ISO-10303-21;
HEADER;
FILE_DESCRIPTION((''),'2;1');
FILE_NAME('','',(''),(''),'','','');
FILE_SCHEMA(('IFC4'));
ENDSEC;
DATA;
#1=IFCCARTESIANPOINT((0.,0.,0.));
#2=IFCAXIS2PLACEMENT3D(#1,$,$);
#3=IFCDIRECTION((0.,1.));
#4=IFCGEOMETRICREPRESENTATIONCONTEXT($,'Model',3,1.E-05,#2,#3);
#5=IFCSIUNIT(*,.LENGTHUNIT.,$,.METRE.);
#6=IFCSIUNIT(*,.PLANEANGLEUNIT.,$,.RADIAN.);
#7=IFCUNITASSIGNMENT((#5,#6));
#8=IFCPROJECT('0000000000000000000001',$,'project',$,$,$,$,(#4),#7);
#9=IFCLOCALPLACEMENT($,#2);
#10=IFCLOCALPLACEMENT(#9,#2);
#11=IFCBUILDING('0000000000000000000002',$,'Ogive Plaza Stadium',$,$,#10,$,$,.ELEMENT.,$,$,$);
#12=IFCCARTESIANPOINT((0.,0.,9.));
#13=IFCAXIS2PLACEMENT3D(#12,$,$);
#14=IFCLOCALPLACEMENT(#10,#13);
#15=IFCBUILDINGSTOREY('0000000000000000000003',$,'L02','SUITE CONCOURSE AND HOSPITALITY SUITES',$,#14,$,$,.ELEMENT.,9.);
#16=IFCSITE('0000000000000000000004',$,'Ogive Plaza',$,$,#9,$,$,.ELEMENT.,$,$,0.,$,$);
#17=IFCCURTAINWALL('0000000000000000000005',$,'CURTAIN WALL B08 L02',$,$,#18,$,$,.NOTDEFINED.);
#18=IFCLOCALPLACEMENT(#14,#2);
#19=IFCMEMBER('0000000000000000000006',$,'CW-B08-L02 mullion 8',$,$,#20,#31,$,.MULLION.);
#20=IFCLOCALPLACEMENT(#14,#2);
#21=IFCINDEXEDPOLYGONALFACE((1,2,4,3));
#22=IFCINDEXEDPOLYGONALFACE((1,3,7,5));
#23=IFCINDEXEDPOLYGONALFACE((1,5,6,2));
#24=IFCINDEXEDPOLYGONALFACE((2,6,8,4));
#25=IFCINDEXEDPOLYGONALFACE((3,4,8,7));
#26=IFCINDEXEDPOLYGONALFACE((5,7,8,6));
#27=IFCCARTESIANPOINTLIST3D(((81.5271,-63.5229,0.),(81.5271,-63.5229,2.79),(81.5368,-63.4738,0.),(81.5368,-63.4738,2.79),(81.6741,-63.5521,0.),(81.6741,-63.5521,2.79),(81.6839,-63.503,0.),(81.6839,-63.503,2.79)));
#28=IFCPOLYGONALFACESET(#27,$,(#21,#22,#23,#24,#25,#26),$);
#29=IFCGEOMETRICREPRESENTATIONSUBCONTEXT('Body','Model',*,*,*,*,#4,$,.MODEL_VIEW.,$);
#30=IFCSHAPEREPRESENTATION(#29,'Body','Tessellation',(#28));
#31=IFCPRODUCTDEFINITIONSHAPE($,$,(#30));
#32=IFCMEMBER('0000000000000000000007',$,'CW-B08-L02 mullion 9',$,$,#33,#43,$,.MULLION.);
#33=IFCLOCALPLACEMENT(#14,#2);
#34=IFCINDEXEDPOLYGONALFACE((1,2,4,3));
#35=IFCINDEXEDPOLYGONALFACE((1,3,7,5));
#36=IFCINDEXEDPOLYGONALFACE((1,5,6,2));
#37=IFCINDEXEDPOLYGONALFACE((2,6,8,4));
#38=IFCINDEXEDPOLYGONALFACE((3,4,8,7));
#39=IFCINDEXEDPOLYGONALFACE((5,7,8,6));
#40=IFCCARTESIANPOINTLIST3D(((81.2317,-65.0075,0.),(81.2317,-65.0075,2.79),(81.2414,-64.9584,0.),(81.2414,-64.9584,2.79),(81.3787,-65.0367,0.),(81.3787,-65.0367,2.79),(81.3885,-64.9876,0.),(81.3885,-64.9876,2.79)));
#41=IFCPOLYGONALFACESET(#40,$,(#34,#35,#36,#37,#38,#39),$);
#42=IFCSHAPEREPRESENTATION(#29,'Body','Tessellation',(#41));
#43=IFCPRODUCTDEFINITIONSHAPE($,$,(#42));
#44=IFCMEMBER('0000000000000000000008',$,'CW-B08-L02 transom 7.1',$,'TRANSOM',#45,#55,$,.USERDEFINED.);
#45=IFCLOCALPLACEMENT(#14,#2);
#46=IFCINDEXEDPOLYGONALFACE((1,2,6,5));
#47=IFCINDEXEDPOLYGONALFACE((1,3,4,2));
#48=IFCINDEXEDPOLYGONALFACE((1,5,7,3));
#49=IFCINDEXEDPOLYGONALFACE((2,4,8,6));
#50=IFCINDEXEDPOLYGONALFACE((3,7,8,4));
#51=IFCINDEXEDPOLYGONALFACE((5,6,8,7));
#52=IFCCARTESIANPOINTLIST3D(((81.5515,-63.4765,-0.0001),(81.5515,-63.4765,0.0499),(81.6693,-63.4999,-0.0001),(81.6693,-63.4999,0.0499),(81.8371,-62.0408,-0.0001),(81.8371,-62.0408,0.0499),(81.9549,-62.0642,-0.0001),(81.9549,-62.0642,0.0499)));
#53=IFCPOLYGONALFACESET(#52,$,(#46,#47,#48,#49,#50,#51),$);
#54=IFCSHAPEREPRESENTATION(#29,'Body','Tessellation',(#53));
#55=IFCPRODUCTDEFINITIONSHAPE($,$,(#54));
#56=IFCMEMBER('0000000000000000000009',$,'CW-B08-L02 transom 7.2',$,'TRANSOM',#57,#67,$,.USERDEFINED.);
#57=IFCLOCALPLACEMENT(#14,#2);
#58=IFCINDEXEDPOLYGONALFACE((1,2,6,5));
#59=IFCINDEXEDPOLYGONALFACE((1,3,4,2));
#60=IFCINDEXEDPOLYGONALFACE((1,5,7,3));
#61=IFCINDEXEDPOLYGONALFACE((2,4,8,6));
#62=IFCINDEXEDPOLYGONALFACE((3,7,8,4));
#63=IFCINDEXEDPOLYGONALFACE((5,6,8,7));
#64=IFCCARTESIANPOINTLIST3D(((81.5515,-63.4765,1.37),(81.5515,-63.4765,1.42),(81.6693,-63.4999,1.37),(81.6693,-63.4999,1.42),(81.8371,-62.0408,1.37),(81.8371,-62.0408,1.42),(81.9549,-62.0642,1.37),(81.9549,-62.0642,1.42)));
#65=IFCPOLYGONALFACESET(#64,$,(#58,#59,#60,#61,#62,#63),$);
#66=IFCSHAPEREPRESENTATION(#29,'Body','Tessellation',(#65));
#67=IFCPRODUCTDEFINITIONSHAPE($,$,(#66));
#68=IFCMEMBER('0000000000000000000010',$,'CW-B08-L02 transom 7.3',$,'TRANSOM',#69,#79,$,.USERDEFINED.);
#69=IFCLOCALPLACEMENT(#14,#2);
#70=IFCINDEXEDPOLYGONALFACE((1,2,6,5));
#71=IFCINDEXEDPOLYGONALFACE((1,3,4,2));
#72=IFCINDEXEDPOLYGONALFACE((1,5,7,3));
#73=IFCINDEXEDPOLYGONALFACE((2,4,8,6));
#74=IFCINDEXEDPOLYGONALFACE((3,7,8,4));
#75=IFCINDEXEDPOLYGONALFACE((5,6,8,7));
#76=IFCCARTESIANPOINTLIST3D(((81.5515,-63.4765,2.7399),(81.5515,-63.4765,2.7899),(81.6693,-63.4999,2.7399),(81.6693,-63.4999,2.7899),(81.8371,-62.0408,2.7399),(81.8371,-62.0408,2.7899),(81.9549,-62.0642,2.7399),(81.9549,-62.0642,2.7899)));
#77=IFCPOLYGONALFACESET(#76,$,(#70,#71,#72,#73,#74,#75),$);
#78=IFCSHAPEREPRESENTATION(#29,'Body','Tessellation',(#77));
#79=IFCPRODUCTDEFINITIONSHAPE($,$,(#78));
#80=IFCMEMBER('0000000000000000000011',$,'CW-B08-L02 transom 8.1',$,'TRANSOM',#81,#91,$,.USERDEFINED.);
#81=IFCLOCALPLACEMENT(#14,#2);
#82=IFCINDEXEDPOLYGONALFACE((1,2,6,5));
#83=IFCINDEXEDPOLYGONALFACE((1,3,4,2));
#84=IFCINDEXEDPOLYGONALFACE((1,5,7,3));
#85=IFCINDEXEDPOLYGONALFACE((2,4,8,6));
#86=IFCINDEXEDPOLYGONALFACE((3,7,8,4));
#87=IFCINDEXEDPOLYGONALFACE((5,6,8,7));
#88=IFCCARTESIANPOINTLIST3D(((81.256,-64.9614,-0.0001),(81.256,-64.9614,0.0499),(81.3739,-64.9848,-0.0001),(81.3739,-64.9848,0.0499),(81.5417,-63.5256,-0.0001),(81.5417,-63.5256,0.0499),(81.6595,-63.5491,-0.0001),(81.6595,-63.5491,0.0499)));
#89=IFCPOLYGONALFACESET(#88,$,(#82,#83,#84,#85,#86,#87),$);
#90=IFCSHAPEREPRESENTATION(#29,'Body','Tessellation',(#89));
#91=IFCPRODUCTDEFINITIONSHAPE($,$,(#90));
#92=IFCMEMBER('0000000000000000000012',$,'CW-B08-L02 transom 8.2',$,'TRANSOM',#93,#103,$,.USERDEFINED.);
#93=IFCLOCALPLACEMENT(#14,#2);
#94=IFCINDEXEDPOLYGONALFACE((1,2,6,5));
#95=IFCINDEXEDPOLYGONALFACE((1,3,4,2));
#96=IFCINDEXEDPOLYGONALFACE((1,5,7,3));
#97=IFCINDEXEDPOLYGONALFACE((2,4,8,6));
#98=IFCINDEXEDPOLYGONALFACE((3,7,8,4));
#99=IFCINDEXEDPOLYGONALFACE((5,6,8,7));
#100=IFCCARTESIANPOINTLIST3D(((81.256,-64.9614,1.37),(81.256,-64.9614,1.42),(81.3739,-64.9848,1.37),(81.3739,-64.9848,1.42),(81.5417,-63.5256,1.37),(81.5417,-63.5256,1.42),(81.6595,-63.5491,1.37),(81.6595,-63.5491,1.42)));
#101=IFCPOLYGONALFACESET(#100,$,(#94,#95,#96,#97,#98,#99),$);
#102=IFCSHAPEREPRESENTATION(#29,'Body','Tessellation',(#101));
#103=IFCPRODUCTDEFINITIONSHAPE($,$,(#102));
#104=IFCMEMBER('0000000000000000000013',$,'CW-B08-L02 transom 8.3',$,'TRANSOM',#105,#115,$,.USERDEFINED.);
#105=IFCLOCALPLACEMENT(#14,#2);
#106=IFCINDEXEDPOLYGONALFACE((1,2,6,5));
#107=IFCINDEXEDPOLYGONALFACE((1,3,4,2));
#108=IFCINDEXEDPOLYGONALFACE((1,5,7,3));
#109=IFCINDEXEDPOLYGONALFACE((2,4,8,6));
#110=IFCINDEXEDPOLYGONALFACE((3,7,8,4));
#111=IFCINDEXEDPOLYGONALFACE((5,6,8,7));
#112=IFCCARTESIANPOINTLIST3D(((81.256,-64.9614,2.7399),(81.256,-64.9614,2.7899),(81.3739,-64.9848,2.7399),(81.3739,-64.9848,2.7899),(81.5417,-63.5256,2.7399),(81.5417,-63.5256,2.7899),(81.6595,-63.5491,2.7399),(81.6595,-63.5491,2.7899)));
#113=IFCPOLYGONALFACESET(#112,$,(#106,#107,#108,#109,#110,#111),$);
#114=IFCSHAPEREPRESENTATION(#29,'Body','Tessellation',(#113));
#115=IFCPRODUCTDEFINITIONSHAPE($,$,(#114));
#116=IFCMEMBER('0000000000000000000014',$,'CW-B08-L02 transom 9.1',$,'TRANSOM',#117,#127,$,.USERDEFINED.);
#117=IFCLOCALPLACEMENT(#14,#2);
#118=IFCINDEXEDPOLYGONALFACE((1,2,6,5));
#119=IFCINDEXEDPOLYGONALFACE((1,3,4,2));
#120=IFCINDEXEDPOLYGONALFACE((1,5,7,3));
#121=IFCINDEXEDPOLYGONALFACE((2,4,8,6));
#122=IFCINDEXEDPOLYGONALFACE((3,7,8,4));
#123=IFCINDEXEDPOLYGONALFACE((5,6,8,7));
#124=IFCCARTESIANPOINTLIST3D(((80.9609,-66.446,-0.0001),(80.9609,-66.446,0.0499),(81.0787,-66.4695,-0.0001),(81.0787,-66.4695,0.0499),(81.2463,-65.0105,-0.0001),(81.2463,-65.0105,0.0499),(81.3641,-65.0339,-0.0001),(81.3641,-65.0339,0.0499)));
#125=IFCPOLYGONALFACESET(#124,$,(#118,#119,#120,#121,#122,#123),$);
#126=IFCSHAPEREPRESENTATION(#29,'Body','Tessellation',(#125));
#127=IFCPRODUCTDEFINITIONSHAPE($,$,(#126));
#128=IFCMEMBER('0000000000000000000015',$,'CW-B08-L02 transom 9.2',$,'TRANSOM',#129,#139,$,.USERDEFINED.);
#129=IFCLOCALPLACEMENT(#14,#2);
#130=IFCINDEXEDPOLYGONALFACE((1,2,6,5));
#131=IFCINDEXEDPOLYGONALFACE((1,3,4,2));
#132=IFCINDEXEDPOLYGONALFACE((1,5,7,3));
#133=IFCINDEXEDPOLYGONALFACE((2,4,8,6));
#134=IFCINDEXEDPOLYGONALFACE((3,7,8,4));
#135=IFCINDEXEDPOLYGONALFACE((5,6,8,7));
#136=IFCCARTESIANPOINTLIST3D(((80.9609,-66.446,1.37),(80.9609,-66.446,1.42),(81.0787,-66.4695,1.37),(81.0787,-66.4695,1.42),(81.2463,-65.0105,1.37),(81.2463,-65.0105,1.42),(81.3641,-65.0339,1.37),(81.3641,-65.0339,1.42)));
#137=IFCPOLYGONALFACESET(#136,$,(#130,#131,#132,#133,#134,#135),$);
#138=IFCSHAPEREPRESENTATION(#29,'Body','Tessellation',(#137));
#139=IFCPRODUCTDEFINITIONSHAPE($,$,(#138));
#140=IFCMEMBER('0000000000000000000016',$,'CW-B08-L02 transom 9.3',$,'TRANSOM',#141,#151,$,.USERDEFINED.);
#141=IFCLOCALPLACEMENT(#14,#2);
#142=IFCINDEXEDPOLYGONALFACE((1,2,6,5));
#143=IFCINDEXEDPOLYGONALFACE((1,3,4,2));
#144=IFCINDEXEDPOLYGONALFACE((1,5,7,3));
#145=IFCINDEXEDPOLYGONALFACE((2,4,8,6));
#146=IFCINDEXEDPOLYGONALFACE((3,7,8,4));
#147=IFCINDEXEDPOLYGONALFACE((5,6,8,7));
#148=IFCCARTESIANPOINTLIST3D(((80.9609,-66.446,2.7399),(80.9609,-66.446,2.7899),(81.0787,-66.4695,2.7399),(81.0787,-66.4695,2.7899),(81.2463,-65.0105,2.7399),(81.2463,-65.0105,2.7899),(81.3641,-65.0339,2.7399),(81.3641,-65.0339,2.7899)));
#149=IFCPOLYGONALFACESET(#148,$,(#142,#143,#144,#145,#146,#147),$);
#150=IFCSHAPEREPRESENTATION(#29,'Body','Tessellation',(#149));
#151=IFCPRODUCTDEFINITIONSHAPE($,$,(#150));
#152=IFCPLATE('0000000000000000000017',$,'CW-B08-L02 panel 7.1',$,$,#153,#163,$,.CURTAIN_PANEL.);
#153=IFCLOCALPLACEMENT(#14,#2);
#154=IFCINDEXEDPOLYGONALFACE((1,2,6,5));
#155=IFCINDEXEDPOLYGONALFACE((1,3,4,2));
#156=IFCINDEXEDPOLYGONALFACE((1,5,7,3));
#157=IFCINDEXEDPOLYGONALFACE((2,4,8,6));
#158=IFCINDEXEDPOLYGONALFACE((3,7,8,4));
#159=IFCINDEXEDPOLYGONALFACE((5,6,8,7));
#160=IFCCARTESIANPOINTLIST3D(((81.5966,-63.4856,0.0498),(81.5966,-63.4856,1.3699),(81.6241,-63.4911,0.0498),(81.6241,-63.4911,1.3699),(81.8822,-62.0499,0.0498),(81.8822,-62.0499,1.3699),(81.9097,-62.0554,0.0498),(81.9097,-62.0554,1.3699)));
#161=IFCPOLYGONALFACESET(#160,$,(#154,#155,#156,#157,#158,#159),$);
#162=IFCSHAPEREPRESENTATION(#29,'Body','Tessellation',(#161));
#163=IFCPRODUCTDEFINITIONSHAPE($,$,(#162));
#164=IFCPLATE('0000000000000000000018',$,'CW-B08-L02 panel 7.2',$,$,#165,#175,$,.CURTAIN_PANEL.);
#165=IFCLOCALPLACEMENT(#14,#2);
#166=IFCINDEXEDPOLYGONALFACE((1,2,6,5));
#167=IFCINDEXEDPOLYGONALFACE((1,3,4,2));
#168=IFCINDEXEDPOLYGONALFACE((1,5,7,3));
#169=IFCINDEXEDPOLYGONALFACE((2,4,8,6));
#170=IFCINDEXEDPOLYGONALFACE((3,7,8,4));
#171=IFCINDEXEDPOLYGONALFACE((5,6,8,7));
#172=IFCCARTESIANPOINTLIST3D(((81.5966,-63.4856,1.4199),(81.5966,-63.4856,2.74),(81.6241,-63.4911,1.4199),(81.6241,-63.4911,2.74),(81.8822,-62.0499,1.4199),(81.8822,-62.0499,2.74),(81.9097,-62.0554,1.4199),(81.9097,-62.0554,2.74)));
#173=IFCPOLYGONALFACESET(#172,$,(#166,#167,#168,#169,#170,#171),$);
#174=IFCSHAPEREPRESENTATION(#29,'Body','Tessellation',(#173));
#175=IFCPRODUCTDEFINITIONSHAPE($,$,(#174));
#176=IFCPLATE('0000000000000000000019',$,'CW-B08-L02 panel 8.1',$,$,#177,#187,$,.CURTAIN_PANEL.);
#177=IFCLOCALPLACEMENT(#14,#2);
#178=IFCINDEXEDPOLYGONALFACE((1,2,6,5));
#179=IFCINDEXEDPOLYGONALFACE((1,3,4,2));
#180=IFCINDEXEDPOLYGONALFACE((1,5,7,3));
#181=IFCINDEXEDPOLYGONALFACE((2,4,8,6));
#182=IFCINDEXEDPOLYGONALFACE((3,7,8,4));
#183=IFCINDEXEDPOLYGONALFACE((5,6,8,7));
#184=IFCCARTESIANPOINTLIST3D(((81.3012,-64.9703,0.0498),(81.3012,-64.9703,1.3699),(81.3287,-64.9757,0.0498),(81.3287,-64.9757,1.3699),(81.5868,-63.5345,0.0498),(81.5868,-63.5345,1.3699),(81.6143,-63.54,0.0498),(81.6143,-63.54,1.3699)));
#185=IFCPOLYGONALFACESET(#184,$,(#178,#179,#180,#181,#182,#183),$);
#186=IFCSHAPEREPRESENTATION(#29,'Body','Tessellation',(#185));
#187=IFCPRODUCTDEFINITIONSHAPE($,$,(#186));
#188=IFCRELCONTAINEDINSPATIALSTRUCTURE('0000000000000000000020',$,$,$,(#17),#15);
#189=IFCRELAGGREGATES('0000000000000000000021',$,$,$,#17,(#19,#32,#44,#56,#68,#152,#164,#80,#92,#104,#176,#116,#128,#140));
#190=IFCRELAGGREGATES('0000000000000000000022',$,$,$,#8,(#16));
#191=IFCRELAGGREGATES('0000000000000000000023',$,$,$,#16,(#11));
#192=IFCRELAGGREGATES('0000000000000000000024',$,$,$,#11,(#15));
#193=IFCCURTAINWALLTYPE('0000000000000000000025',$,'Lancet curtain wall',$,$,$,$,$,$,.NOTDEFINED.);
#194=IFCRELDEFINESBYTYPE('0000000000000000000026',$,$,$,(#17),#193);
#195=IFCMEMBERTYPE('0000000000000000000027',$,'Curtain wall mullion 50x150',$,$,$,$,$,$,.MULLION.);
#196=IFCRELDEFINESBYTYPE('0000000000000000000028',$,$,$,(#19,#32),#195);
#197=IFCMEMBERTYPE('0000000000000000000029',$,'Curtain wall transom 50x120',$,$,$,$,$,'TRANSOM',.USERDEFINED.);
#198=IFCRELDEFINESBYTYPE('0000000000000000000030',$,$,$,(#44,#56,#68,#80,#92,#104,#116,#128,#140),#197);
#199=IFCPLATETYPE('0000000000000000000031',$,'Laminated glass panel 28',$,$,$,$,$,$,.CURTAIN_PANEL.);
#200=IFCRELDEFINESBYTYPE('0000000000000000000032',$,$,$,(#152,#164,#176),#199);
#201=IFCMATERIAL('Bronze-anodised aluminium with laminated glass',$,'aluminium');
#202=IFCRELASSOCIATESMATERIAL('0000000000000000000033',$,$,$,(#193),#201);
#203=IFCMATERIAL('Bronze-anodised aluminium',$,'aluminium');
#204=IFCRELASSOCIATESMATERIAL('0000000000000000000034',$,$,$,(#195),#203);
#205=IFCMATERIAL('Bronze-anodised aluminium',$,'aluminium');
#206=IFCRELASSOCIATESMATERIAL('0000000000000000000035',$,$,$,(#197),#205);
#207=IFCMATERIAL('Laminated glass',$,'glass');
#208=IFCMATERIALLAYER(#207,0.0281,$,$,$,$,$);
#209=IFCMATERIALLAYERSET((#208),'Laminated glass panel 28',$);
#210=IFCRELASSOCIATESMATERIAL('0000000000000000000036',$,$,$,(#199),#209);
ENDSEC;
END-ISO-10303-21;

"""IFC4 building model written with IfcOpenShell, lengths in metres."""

from ifc_helpers import new_model, si_unit, direction, frame, origin, origin_2d, place, context, subcontext, project, spatial, rectangle, extrude, material, layer, layer_set, material_profile, profile_set, type_object, element, aggregate, save


model = new_model("IFC4")

# Units and contexts
model_context = context("Model", 3, precision=1e-05, world=origin(), true_north=direction((0.0, 1.0)))
body_context = subcontext(model_context, "Body", "Model", "MODEL_VIEW")
ifc_project = project(units=[si_unit("LENGTHUNIT", "METRE"), si_unit("PLANEANGLEUNIT", "RADIAN")], contexts=[model_context])

# Site, building, storey
site_placement = place(None, origin())
site = spatial("IfcSite", under=ifc_project, at=site_placement, Name="Ogive Plaza", CompositionType="ELEMENT", RefElevation=0.0)
building_placement = place(site_placement, origin())
building = spatial("IfcBuilding", under=site, at=building_placement, Name="Ogive Plaza Stadium", CompositionType="ELEMENT")
storey_placement = place(building_placement, frame((0.0, 0.0, 9.0)))
storey = spatial("IfcBuildingStorey", under=building, at=storey_placement, Name="L02", Description="SUITE CONCOURSE AND HOSPITALITY SUITES", CompositionType="ELEMENT", Elevation=9.0)

# Curtain wall, members, plates
ifc_material_1 = material(Name="Bronze-anodised aluminium with laminated glass", Category="aluminium")
curtain_wall_type = type_object("IfcCurtainWallType", Name="Lancet curtain wall", PredefinedType="NOTDEFINED", material=ifc_material_1)
curtain_wall_placement = place(storey_placement, origin())
curtain_wall = element("IfcCurtainWall", 1, at=curtain_wall_placement, inside=storey, type_object=curtain_wall_type, Name="CURTAIN WALL B08 L02", PredefinedType="NOTDEFINED")
ifc_material_2 = material(Name="Bronze-anodised aluminium", Category="aluminium")
ifc_material_profile_1 = material_profile(ifc_material_2, rectangle(XDim=0.1499, YDim=0.05, at=origin_2d()), Name="AL 150x50")
ifc_profile_set_1 = profile_set([ifc_material_profile_1], Name="Bronze-anodised aluminium")
member_type_1 = type_object("IfcMemberType", Name="Curtain wall mullion 50x150", PredefinedType="MULLION", material=ifc_profile_set_1)
member_1_placement = place(storey_placement, frame((81.6055, -63.5129, 0.0), z_axis=(0.0, 0.0, 1.0), x_axis=(0.980785, -0.19509, 0.0)))
member_1 = element("IfcMember", 2, at=member_1_placement, type_object=member_type_1, Name="CW-B08-L02 mullion 8", PredefinedType="MULLION", context=body_context, shape_type="SweptSolid", body=[
    extrude(rectangle(XDim=0.1499, YDim=0.05, at=origin_2d()), origin(), (0.0, 0.0, 1.0), 2.79),
])
member_2_placement = place(storey_placement, frame((81.3101, -64.9976, 0.0), z_axis=(0.0, 0.0, 1.0), x_axis=(0.980785, -0.19509, 0.0)))
member_2 = element("IfcMember", 3, at=member_2_placement, type_object=member_type_1, Name="CW-B08-L02 mullion 9", PredefinedType="MULLION", context=body_context, shape_type="SweptSolid", body=[
    extrude(rectangle(XDim=0.1499, YDim=0.05, at=origin_2d()), origin(), (0.0, 0.0, 1.0), 2.79),
])
ifc_material_3 = material(Name="Bronze-anodised aluminium", Category="aluminium")
ifc_material_profile_2 = material_profile(ifc_material_3, rectangle(XDim=0.1201, YDim=0.05, at=origin_2d()), Name="AL 120x50")
ifc_profile_set_2 = profile_set([ifc_material_profile_2], Name="Bronze-anodised aluminium")
member_type_2 = type_object("IfcMemberType", Name="Curtain wall transom 50x120", ElementType="TRANSOM", PredefinedType="USERDEFINED", material=ifc_profile_set_2)
member_3_placement = place(storey_placement, frame((81.896, -62.0525, 0.0249), z_axis=(-0.195122, -0.980779, 0.0), x_axis=(0.980779, -0.195122, 0.0)))
member_3 = element("IfcMember", 4, at=member_3_placement, type_object=member_type_2, Name="CW-B08-L02 transom 7.1", ObjectType="TRANSOM", PredefinedType="USERDEFINED", context=body_context, shape_type="SweptSolid", body=[
    extrude(rectangle(XDim=0.1201, YDim=0.05, at=origin_2d()), origin(), (0.0, 0.0, 1.0), 1.4639),
])
member_4_placement = place(storey_placement, frame((81.896, -62.0525, 1.395), z_axis=(-0.195122, -0.980779, 0.0), x_axis=(0.980779, -0.195122, 0.0)))
member_4 = element("IfcMember", 5, at=member_4_placement, type_object=member_type_2, Name="CW-B08-L02 transom 7.2", ObjectType="TRANSOM", PredefinedType="USERDEFINED", context=body_context, shape_type="SweptSolid", body=[
    extrude(rectangle(XDim=0.1201, YDim=0.05, at=origin_2d()), origin(), (0.0, 0.0, 1.0), 1.4639),
])
member_5_placement = place(storey_placement, frame((81.896, -62.0525, 2.7649), z_axis=(-0.195122, -0.980779, 0.0), x_axis=(0.980779, -0.195122, 0.0)))
member_5 = element("IfcMember", 6, at=member_5_placement, type_object=member_type_2, Name="CW-B08-L02 transom 7.3", ObjectType="TRANSOM", PredefinedType="USERDEFINED", context=body_context, shape_type="SweptSolid", body=[
    extrude(rectangle(XDim=0.1201, YDim=0.05, at=origin_2d()), origin(), (0.0, 0.0, 1.0), 1.4639),
])
member_6_placement = place(storey_placement, frame((81.6006, -63.5374, 0.0249), z_axis=(-0.195122, -0.980779, 0.0), x_axis=(0.980779, -0.195122, 0.0)))
member_6 = element("IfcMember", 7, at=member_6_placement, type_object=member_type_2, Name="CW-B08-L02 transom 8.1", ObjectType="TRANSOM", PredefinedType="USERDEFINED", context=body_context, shape_type="SweptSolid", body=[
    extrude(rectangle(XDim=0.1201, YDim=0.05, at=origin_2d()), origin(), (0.0, 0.0, 1.0), 1.4639),
])
member_7_placement = place(storey_placement, frame((81.6006, -63.5374, 1.395), z_axis=(-0.195122, -0.980779, 0.0), x_axis=(0.980779, -0.195122, 0.0)))
member_7 = element("IfcMember", 8, at=member_7_placement, type_object=member_type_2, Name="CW-B08-L02 transom 8.2", ObjectType="TRANSOM", PredefinedType="USERDEFINED", context=body_context, shape_type="SweptSolid", body=[
    extrude(rectangle(XDim=0.1201, YDim=0.05, at=origin_2d()), origin(), (0.0, 0.0, 1.0), 1.4639),
])
member_8_placement = place(storey_placement, frame((81.6006, -63.5374, 2.7649), z_axis=(-0.195122, -0.980779, 0.0), x_axis=(0.980779, -0.195122, 0.0)))
member_8 = element("IfcMember", 9, at=member_8_placement, type_object=member_type_2, Name="CW-B08-L02 transom 8.3", ObjectType="TRANSOM", PredefinedType="USERDEFINED", context=body_context, shape_type="SweptSolid", body=[
    extrude(rectangle(XDim=0.1201, YDim=0.05, at=origin_2d()), origin(), (0.0, 0.0, 1.0), 1.4639),
])
member_9_placement = place(storey_placement, frame((81.3052, -65.0222, 0.0249), z_axis=(-0.194993, -0.980805, 0.0), x_axis=(0.980805, -0.194993, 0.0)))
member_9 = element("IfcMember", 10, at=member_9_placement, type_object=member_type_2, Name="CW-B08-L02 transom 9.1", ObjectType="TRANSOM", PredefinedType="USERDEFINED", context=body_context, shape_type="SweptSolid", body=[
    extrude(rectangle(XDim=0.1201, YDim=0.05, at=origin_2d()), origin(), (0.0, 0.0, 1.0), 1.4636),
])
member_10_placement = place(storey_placement, frame((81.3052, -65.0222, 1.395), z_axis=(-0.194993, -0.980805, 0.0), x_axis=(0.980805, -0.194993, 0.0)))
member_10 = element("IfcMember", 11, at=member_10_placement, type_object=member_type_2, Name="CW-B08-L02 transom 9.2", ObjectType="TRANSOM", PredefinedType="USERDEFINED", context=body_context, shape_type="SweptSolid", body=[
    extrude(rectangle(XDim=0.1201, YDim=0.05, at=origin_2d()), origin(), (0.0, 0.0, 1.0), 1.4636),
])
member_11_placement = place(storey_placement, frame((81.3052, -65.0222, 2.7649), z_axis=(-0.194993, -0.980805, 0.0), x_axis=(0.980805, -0.194993, 0.0)))
member_11 = element("IfcMember", 12, at=member_11_placement, type_object=member_type_2, Name="CW-B08-L02 transom 9.3", ObjectType="TRANSOM", PredefinedType="USERDEFINED", context=body_context, shape_type="SweptSolid", body=[
    extrude(rectangle(XDim=0.1201, YDim=0.05, at=origin_2d()), origin(), (0.0, 0.0, 1.0), 1.4636),
])
ifc_material_4 = material(Name="Laminated glass", Category="glass")
ifc_layer = layer(ifc_material_4, 0.0281)
ifc_layer_set = layer_set([ifc_layer], Name="Laminated glass panel 28")
plate_type = type_object("IfcPlateType", Name="Laminated glass panel 28", PredefinedType="CURTAIN_PANEL", material=ifc_layer_set)
plate_1_placement = place(storey_placement, frame((81.7532, -62.7705, 0.0498), z_axis=(0.0, 0.0, 1.0), x_axis=(-0.19509, -0.980785, 0.0)))
plate_1 = element("IfcPlate", 13, at=plate_1_placement, type_object=plate_type, Name="CW-B08-L02 panel 7.1", PredefinedType="CURTAIN_PANEL", context=body_context, shape_type="SweptSolid", body=[
    extrude(rectangle(XDim=1.4639, YDim=0.0281, at=origin_2d()), origin(), (0.0, 0.0, 1.0), 1.3201),
])
plate_2_placement = place(storey_placement, frame((81.7532, -62.7705, 1.4199), z_axis=(0.0, 0.0, 1.0), x_axis=(-0.19509, -0.980785, 0.0)))
plate_2 = element("IfcPlate", 14, at=plate_2_placement, type_object=plate_type, Name="CW-B08-L02 panel 7.2", PredefinedType="CURTAIN_PANEL", context=body_context, shape_type="SweptSolid", body=[
    extrude(rectangle(XDim=1.4639, YDim=0.0281, at=origin_2d()), origin(), (0.0, 0.0, 1.0), 1.3201),
])
plate_3_placement = place(storey_placement, frame((81.4578, -64.2551, 0.0498), z_axis=(0.0, 0.0, 1.0), x_axis=(-0.19509, -0.980785, 0.0)))
plate_3 = element("IfcPlate", 15, at=plate_3_placement, type_object=plate_type, Name="CW-B08-L02 panel 8.1", PredefinedType="CURTAIN_PANEL", context=body_context, shape_type="SweptSolid", body=[
    extrude(rectangle(XDim=1.4639, YDim=0.0281, at=origin_2d()), origin(), (0.0, 0.0, 1.0), 1.3201),
])
aggregate(curtain_wall, [member_1, member_2, member_3, member_4, member_5, plate_1, plate_2, member_6, member_7, member_8, plate_3, member_9, member_10, member_11])

save(model, "model.ifc")
